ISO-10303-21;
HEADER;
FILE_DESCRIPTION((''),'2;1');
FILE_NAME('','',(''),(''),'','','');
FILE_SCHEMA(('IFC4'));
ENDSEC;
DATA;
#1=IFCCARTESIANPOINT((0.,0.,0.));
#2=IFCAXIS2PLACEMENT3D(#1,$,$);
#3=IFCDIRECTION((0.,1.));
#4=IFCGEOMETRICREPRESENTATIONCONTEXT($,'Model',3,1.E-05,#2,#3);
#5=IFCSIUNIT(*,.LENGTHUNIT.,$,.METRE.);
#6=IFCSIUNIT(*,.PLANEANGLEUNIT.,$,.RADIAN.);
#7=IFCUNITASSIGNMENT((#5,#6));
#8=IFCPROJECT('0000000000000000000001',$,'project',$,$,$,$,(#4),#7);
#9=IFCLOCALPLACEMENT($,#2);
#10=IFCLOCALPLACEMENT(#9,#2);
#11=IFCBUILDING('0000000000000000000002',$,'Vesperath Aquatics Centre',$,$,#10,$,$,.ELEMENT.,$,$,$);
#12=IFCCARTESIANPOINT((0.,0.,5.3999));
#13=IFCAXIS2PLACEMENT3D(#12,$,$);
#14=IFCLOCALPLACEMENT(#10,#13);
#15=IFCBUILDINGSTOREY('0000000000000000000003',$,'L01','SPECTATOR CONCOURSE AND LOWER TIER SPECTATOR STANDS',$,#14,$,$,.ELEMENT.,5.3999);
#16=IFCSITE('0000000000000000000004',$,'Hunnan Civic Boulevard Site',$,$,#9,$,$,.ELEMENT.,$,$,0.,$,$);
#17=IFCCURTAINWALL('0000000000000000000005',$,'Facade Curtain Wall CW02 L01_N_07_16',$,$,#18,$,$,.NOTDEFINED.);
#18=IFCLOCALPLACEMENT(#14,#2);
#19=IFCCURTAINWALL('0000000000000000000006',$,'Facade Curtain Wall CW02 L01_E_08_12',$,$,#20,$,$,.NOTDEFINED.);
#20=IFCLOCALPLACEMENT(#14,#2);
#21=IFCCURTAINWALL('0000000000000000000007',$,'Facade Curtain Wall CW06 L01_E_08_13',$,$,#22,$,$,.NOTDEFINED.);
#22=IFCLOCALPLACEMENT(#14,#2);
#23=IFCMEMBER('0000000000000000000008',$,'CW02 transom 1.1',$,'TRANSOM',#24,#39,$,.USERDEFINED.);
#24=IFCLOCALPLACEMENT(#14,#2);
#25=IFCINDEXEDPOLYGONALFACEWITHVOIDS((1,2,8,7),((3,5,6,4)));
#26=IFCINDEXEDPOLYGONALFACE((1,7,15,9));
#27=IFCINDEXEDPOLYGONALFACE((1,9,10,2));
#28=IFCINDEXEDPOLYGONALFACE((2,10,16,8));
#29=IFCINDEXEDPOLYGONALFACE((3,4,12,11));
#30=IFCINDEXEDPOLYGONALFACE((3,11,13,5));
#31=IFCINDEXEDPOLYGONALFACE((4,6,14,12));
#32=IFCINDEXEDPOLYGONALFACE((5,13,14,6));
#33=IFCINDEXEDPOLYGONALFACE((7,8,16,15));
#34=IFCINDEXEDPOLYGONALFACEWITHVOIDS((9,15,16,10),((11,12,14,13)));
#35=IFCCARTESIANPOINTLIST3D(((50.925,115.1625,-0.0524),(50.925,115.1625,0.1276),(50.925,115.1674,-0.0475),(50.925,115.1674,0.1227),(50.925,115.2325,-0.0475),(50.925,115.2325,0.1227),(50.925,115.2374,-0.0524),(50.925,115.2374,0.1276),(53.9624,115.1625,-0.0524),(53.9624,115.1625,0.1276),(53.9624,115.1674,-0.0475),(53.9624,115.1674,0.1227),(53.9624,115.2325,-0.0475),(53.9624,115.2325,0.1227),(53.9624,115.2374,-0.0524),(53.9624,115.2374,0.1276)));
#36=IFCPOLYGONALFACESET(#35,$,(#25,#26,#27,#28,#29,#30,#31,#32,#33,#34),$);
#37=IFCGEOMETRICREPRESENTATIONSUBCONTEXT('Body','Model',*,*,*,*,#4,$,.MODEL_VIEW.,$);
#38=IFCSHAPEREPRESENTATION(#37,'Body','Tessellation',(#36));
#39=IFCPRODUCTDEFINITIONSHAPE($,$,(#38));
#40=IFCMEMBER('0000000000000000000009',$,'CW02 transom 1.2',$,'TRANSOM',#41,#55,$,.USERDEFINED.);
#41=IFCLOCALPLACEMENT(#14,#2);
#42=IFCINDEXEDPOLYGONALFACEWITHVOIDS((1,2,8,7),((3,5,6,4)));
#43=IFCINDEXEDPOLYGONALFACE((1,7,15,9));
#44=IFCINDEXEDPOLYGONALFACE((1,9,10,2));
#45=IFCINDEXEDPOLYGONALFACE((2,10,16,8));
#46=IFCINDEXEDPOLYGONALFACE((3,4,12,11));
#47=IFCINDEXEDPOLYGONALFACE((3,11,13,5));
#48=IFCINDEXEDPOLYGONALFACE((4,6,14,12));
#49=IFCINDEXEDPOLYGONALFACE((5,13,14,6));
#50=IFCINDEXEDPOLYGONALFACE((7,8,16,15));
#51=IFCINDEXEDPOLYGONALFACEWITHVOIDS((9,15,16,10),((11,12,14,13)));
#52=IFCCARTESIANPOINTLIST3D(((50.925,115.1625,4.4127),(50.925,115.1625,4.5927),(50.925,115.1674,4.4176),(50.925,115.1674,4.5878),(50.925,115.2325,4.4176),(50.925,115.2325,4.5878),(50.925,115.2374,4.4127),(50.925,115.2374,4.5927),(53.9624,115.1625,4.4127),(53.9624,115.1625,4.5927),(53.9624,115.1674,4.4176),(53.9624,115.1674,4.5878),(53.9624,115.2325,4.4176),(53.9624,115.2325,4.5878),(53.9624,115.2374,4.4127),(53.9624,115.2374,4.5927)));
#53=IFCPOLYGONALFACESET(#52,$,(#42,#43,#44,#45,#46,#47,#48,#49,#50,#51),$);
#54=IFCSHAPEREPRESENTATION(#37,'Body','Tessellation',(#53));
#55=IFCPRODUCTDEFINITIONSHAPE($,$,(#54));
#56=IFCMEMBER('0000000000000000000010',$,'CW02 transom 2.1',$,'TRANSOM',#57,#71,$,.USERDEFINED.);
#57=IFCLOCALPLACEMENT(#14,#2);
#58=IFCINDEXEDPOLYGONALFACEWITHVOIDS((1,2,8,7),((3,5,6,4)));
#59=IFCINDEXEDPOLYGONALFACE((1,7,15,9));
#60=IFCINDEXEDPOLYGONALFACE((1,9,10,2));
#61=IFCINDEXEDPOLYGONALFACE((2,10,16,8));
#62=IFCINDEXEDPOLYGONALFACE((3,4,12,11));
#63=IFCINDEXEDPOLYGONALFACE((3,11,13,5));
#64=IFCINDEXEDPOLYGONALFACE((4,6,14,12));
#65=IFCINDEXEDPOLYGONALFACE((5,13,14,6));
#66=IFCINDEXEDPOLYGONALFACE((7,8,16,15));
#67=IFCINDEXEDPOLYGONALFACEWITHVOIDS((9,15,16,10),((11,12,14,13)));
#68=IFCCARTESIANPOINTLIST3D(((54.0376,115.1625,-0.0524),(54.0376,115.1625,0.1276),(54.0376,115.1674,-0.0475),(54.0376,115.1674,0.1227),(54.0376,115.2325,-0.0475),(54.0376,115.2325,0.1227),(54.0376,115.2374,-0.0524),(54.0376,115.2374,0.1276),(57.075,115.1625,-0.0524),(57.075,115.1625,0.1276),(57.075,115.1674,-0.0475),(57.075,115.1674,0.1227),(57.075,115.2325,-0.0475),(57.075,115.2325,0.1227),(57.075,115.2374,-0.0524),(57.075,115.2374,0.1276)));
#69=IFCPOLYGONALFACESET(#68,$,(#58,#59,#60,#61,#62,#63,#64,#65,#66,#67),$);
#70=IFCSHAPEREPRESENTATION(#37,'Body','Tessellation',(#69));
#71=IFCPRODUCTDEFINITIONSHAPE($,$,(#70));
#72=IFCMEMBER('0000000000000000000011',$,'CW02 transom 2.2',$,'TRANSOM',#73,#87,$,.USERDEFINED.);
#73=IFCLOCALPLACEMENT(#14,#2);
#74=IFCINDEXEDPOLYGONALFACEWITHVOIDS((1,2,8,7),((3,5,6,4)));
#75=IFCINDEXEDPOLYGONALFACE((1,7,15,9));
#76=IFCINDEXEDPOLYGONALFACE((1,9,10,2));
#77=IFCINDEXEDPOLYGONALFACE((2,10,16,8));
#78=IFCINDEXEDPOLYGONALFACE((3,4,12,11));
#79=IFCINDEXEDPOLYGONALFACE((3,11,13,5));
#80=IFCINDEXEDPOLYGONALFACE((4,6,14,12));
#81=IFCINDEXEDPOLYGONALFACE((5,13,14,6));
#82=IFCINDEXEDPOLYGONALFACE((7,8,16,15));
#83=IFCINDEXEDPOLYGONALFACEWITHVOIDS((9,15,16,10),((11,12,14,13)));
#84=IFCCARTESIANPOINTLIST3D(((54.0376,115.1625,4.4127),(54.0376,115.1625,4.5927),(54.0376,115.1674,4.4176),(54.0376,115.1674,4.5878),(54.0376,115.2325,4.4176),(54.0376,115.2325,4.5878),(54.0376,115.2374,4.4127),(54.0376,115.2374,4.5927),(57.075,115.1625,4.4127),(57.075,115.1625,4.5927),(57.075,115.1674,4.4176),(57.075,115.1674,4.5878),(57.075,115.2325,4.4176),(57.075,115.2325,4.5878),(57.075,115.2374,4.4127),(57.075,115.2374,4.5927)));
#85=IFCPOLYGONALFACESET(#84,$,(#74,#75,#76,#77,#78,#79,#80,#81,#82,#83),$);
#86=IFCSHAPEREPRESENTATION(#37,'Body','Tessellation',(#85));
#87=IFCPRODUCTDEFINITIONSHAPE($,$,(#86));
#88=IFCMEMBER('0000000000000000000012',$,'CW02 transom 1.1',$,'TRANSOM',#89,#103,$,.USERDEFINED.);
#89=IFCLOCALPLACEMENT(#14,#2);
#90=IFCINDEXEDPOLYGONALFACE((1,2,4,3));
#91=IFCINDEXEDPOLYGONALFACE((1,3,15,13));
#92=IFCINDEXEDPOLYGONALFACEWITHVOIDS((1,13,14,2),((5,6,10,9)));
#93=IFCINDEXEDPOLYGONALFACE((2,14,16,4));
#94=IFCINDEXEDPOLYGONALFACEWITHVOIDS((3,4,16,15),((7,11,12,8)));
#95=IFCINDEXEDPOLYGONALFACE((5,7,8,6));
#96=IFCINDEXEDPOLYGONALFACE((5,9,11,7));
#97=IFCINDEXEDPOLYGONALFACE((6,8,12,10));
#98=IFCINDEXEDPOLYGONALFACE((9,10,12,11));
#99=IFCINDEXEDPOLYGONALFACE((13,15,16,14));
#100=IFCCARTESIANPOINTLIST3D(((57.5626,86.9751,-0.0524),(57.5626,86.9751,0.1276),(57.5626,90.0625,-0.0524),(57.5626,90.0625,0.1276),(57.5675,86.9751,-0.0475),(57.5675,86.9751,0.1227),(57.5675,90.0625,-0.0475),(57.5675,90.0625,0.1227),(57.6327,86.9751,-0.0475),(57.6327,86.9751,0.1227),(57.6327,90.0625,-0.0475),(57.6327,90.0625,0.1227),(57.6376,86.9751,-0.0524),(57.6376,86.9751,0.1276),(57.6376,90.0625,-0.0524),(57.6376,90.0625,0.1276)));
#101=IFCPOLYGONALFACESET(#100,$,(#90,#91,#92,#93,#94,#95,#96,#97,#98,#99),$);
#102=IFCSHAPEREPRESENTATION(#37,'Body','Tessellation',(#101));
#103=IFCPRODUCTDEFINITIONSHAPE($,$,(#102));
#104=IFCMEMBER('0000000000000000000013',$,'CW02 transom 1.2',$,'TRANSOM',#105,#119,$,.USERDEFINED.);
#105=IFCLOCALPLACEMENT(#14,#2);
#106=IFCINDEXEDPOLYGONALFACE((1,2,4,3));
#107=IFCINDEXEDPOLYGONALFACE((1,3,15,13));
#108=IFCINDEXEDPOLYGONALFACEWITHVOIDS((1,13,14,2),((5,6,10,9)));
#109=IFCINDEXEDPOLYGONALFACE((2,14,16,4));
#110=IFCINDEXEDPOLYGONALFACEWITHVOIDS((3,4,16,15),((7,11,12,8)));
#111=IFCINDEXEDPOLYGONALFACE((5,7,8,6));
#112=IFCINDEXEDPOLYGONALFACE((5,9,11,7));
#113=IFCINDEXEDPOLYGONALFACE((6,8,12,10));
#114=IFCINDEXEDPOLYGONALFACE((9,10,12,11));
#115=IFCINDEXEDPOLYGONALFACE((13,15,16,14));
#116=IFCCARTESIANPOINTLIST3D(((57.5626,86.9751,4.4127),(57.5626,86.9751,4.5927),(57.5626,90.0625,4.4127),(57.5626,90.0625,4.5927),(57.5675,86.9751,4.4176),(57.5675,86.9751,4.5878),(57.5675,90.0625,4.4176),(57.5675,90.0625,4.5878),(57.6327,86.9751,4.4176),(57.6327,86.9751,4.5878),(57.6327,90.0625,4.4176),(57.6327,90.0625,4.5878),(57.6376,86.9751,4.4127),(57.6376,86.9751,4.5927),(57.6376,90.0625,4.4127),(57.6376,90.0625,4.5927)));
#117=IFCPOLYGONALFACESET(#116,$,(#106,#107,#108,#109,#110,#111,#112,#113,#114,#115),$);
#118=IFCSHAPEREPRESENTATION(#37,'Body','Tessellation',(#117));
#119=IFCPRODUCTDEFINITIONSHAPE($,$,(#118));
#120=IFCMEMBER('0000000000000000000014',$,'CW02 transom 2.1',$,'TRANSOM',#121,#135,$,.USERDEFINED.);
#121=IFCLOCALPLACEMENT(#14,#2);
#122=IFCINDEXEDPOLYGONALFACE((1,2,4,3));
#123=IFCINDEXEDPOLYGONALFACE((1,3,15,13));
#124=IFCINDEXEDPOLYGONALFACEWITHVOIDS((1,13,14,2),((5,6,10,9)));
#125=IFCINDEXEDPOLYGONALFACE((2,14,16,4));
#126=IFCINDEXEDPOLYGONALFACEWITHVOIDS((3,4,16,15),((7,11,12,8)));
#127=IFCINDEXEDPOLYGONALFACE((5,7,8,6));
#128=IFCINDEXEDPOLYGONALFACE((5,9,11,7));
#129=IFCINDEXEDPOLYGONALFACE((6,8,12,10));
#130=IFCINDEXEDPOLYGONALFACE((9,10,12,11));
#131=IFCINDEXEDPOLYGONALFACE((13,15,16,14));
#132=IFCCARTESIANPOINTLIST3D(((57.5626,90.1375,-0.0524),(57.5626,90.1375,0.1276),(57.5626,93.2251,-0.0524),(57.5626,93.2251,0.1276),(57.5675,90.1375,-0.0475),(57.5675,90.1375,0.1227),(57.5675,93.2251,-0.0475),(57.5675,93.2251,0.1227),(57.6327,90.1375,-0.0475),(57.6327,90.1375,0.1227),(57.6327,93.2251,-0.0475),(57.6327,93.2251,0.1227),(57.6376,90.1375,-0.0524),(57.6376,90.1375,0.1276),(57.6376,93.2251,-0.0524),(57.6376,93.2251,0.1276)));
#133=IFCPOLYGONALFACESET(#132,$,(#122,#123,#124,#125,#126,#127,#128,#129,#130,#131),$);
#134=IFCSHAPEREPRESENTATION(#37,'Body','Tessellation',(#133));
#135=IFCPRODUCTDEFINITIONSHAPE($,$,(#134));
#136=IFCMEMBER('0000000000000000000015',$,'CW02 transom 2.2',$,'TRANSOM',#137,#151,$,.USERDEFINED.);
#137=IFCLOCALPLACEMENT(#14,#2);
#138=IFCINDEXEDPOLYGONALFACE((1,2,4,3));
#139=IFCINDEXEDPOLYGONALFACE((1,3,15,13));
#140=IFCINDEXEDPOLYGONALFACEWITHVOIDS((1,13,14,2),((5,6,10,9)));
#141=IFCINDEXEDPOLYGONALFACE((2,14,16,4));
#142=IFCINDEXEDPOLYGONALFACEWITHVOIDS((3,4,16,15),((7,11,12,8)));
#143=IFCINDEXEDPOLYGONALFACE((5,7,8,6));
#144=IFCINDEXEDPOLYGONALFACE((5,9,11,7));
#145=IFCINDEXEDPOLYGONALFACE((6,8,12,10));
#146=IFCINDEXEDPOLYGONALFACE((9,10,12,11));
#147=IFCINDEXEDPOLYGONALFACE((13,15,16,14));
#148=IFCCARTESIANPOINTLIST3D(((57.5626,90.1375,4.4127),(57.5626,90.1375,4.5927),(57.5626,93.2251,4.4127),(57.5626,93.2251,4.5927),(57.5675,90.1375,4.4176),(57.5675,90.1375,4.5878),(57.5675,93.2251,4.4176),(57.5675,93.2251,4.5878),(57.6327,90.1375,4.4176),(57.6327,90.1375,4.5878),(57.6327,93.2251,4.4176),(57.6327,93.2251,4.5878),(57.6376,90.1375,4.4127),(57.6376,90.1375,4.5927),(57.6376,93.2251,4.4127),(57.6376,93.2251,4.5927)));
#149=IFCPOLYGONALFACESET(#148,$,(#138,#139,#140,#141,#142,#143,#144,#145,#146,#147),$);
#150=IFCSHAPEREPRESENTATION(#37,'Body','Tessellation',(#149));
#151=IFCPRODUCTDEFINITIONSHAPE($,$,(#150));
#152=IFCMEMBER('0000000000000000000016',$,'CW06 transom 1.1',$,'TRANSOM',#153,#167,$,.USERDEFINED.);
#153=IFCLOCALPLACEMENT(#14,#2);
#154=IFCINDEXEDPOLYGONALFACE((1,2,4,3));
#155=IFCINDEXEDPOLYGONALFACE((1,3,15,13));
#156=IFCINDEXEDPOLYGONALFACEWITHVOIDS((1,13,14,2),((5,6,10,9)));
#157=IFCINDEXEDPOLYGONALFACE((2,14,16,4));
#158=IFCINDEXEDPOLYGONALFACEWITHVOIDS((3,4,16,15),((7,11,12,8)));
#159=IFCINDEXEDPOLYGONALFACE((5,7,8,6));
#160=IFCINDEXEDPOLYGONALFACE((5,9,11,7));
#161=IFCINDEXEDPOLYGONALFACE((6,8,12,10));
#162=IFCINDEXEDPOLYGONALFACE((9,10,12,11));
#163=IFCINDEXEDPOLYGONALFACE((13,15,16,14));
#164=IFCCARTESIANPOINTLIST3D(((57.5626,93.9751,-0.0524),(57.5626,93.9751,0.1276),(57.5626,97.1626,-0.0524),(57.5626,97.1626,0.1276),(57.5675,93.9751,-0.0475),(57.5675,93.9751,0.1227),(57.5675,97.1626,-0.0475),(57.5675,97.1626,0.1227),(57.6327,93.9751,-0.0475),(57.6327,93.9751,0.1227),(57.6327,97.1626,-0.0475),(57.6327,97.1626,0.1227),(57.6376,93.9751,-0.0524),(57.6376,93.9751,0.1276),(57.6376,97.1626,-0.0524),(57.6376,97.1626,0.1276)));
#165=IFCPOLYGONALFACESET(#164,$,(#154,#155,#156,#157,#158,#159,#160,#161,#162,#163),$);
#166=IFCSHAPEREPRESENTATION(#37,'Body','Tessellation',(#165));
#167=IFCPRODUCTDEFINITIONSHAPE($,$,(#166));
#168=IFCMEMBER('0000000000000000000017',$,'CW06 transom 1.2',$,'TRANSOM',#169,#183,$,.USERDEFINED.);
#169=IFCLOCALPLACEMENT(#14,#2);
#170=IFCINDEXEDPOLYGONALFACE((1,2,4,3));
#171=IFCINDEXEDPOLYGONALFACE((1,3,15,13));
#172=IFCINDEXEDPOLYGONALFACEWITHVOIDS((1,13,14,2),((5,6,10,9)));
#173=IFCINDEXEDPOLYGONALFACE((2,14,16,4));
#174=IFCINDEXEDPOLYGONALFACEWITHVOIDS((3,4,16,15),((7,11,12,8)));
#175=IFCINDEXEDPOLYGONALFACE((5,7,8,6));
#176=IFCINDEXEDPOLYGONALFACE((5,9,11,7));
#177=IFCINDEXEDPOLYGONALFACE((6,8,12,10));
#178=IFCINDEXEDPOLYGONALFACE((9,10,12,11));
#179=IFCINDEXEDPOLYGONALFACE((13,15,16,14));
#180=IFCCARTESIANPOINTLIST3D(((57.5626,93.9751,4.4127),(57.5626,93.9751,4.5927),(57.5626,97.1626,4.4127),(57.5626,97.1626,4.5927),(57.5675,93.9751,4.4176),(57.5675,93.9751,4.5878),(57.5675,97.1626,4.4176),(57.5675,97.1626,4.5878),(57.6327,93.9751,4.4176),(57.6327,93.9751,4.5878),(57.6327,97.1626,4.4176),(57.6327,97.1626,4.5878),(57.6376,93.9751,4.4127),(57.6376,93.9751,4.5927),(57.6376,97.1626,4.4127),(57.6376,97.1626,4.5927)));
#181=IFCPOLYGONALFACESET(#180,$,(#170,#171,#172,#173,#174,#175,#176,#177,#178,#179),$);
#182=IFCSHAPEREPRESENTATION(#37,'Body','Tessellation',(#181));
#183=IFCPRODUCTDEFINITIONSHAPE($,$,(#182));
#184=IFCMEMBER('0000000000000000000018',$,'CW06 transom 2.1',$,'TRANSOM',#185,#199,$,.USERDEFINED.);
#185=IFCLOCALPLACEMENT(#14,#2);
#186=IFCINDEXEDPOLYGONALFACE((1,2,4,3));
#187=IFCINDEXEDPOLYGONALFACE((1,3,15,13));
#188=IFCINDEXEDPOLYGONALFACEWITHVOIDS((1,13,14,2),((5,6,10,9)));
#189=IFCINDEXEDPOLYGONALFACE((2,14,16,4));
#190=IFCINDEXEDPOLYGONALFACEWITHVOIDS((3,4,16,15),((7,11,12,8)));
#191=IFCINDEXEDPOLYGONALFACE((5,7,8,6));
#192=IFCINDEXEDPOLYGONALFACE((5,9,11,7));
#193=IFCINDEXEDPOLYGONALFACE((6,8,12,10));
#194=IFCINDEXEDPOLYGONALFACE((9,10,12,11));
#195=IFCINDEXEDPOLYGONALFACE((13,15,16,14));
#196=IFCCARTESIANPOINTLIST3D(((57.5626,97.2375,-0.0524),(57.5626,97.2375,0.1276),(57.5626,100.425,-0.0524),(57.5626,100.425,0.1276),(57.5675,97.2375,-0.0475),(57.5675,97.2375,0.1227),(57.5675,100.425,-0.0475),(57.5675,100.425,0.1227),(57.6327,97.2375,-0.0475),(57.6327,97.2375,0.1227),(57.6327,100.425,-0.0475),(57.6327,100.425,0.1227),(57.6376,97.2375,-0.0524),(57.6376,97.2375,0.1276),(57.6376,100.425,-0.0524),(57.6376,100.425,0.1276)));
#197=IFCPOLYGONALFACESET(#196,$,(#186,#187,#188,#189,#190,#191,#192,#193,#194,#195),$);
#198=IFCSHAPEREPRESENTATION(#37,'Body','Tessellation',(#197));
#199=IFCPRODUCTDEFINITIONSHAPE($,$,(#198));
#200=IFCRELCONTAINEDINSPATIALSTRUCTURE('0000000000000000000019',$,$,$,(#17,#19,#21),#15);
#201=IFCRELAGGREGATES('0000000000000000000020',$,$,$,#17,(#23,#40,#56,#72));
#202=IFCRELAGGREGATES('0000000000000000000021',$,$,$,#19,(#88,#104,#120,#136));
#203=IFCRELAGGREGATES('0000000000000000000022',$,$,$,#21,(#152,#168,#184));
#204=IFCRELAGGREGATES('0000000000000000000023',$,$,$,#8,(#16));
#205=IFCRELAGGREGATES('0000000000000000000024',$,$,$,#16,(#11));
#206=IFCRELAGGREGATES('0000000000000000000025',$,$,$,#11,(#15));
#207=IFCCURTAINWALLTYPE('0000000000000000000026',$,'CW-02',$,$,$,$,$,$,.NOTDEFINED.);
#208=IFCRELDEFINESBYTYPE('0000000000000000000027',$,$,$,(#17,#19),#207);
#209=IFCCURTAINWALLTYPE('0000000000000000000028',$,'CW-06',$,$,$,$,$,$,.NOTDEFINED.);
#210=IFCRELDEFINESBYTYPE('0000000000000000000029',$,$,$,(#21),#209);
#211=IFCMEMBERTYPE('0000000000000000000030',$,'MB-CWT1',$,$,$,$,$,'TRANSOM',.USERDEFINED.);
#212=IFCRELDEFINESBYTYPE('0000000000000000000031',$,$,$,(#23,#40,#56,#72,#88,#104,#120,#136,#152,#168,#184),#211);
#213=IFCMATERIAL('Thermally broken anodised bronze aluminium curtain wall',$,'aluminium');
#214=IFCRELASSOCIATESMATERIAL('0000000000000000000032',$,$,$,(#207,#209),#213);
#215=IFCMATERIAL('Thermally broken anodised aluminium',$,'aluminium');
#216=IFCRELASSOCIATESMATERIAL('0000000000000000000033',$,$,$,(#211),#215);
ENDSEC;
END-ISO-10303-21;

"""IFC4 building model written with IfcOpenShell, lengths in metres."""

from ifc_helpers import new_model, si_unit, direction, frame, origin, origin_2d, place, context, subcontext, project, spatial, hollow_rectangle, extrude, material, material_profile, profile_set, type_object, element, aggregate, save


model = new_model("IFC4")

# Units and contexts
model_context = context("Model", 3, precision=1e-05, world=origin(), true_north=direction((0.0, 1.0)))
body_context = subcontext(model_context, "Body", "Model", "MODEL_VIEW")
ifc_project = project(units=[si_unit("LENGTHUNIT", "METRE"), si_unit("PLANEANGLEUNIT", "RADIAN")], contexts=[model_context])

# Site, building, storey
site_placement = place(None, origin())
site = spatial("IfcSite", under=ifc_project, at=site_placement, Name="Hunnan Civic Boulevard Site", CompositionType="ELEMENT", RefElevation=0.0)
building_placement = place(site_placement, origin())
building = spatial("IfcBuilding", under=site, at=building_placement, Name="Vesperath Aquatics Centre", CompositionType="ELEMENT")
storey_placement = place(building_placement, frame((0.0, 0.0, 5.3999)))
storey = spatial("IfcBuildingStorey", under=building, at=storey_placement, Name="L01", Description="SPECTATOR CONCOURSE AND LOWER TIER SPECTATOR STANDS", CompositionType="ELEMENT", Elevation=5.3999)

# Shared definitions
ifc_material_1 = material(Name="Thermally broken anodised bronze aluminium curtain wall", Category="aluminium")
curtain_wall_type_1 = type_object("IfcCurtainWallType", Name="CW-02", PredefinedType="NOTDEFINED", material=ifc_material_1)
ifc_material_2 = material(Name="Thermally broken anodised aluminium", Category="aluminium")

# Curtain walls
curtain_wall_1_placement = place(storey_placement, origin())
curtain_wall_1 = element("IfcCurtainWall", 1, at=curtain_wall_1_placement, inside=storey, type_object=curtain_wall_type_1, Name="Facade Curtain Wall CW02 L01_N_07_16", PredefinedType="NOTDEFINED")
curtain_wall_2_placement = place(storey_placement, origin())
curtain_wall_2 = element("IfcCurtainWall", 2, at=curtain_wall_2_placement, inside=storey, type_object=curtain_wall_type_1, Name="Facade Curtain Wall CW02 L01_E_08_12", PredefinedType="NOTDEFINED")
curtain_wall_type_2 = type_object("IfcCurtainWallType", Name="CW-06", PredefinedType="NOTDEFINED", material=ifc_material_1)
curtain_wall_3_placement = place(storey_placement, origin())
curtain_wall_3 = element("IfcCurtainWall", 3, at=curtain_wall_3_placement, inside=storey, type_object=curtain_wall_type_2, Name="Facade Curtain Wall CW06 L01_E_08_13", PredefinedType="NOTDEFINED")

# Members
ifc_material_profile_1 = material_profile(ifc_material_2, hollow_rectangle(XDim=0.075, YDim=0.1799, WallThickness=0.0049, at=origin_2d()), Name="CWT 75x180x5")
ifc_profile_set_1 = profile_set([ifc_material_profile_1], Name="Thermally broken anodised aluminium")
member_type_1 = type_object("IfcMemberType", Name="MB-CWT1", ElementType="TRANSOM", PredefinedType="USERDEFINED", material=ifc_profile_set_1)
member_1_placement = place(storey_placement, frame((50.925, 115.2, 0.0376), z_axis=(1.0, 0.0, 0.0), x_axis=(0.0, 1.0, 0.0)))
member_1 = element("IfcMember", 4, at=member_1_placement, type_object=member_type_1, Name="CW02 transom 1.1", ObjectType="TRANSOM", PredefinedType="USERDEFINED", context=body_context, shape_type="SweptSolid", body=[
    extrude(hollow_rectangle(XDim=0.075, YDim=0.1799, WallThickness=0.0049, at=origin_2d()), origin(), (0.0, 0.0, 1.0), 3.0374),
])
member_2_placement = place(storey_placement, frame((50.925, 115.2, 4.5027), z_axis=(1.0, 0.0, 0.0), x_axis=(0.0, 1.0, 0.0)))
member_2 = element("IfcMember", 5, at=member_2_placement, type_object=member_type_1, Name="CW02 transom 1.2", ObjectType="TRANSOM", PredefinedType="USERDEFINED", context=body_context, shape_type="SweptSolid", body=[
    extrude(hollow_rectangle(XDim=0.075, YDim=0.1799, WallThickness=0.0049, at=origin_2d()), origin(), (0.0, 0.0, 1.0), 3.0374),
])
member_3_placement = place(storey_placement, frame((54.0376, 115.2, 0.0376), z_axis=(1.0, 0.0, 0.0), x_axis=(0.0, 1.0, 0.0)))
member_3 = element("IfcMember", 6, at=member_3_placement, type_object=member_type_1, Name="CW02 transom 2.1", ObjectType="TRANSOM", PredefinedType="USERDEFINED", context=body_context, shape_type="SweptSolid", body=[
    extrude(hollow_rectangle(XDim=0.075, YDim=0.1799, WallThickness=0.0049, at=origin_2d()), origin(), (0.0, 0.0, 1.0), 3.0374),
])
member_4_placement = place(storey_placement, frame((54.0376, 115.2, 4.5027), z_axis=(1.0, 0.0, 0.0), x_axis=(0.0, 1.0, 0.0)))
member_4 = element("IfcMember", 7, at=member_4_placement, type_object=member_type_1, Name="CW02 transom 2.2", ObjectType="TRANSOM", PredefinedType="USERDEFINED", context=body_context, shape_type="SweptSolid", body=[
    extrude(hollow_rectangle(XDim=0.075, YDim=0.1799, WallThickness=0.0049, at=origin_2d()), origin(), (0.0, 0.0, 1.0), 3.0374),
])
member_5_placement = place(storey_placement, frame((57.6001, 86.9751, 0.0376), z_axis=(0.0, 1.0, 0.0), x_axis=(-1.0, 0.0, 0.0)))
member_5 = element("IfcMember", 8, at=member_5_placement, type_object=member_type_1, Name="CW02 transom 1.1", ObjectType="TRANSOM", PredefinedType="USERDEFINED", context=body_context, shape_type="SweptSolid", body=[
    extrude(hollow_rectangle(XDim=0.075, YDim=0.1799, WallThickness=0.0049, at=origin_2d()), origin(), (0.0, 0.0, 1.0), 3.0874),
])
member_6_placement = place(storey_placement, frame((57.6001, 86.9751, 4.5027), z_axis=(0.0, 1.0, 0.0), x_axis=(-1.0, 0.0, 0.0)))
member_6 = element("IfcMember", 9, at=member_6_placement, type_object=member_type_1, Name="CW02 transom 1.2", ObjectType="TRANSOM", PredefinedType="USERDEFINED", context=body_context, shape_type="SweptSolid", body=[
    extrude(hollow_rectangle(XDim=0.075, YDim=0.1799, WallThickness=0.0049, at=origin_2d()), origin(), (0.0, 0.0, 1.0), 3.0874),
])
member_7_placement = place(storey_placement, frame((57.6001, 90.1375, 0.0376), z_axis=(0.0, 1.0, 0.0), x_axis=(-1.0, 0.0, 0.0)))
member_7 = element("IfcMember", 10, at=member_7_placement, type_object=member_type_1, Name="CW02 transom 2.1", ObjectType="TRANSOM", PredefinedType="USERDEFINED", context=body_context, shape_type="SweptSolid", body=[
    extrude(hollow_rectangle(XDim=0.075, YDim=0.1799, WallThickness=0.0049, at=origin_2d()), origin(), (0.0, 0.0, 1.0), 3.0876),
])
member_8_placement = place(storey_placement, frame((57.6001, 90.1375, 4.5027), z_axis=(0.0, 1.0, 0.0), x_axis=(-1.0, 0.0, 0.0)))
member_8 = element("IfcMember", 11, at=member_8_placement, type_object=member_type_1, Name="CW02 transom 2.2", ObjectType="TRANSOM", PredefinedType="USERDEFINED", context=body_context, shape_type="SweptSolid", body=[
    extrude(hollow_rectangle(XDim=0.075, YDim=0.1799, WallThickness=0.0049, at=origin_2d()), origin(), (0.0, 0.0, 1.0), 3.0876),
])
member_9_placement = place(storey_placement, frame((57.6001, 93.9751, 0.0376), z_axis=(0.0, 1.0, 0.0), x_axis=(-1.0, 0.0, 0.0)))
member_9 = element("IfcMember", 12, at=member_9_placement, type_object=member_type_1, Name="CW06 transom 1.1", ObjectType="TRANSOM", PredefinedType="USERDEFINED", context=body_context, shape_type="SweptSolid", body=[
    extrude(hollow_rectangle(XDim=0.075, YDim=0.1799, WallThickness=0.0049, at=origin_2d()), origin(), (0.0, 0.0, 1.0), 3.1875),
])
member_10_placement = place(storey_placement, frame((57.6001, 93.9751, 4.5027), z_axis=(0.0, 1.0, 0.0), x_axis=(-1.0, 0.0, 0.0)))
member_10 = element("IfcMember", 13, at=member_10_placement, type_object=member_type_1, Name="CW06 transom 1.2", ObjectType="TRANSOM", PredefinedType="USERDEFINED", context=body_context, shape_type="SweptSolid", body=[
    extrude(hollow_rectangle(XDim=0.075, YDim=0.1799, WallThickness=0.0049, at=origin_2d()), origin(), (0.0, 0.0, 1.0), 3.1875),
])
member_11_placement = place(storey_placement, frame((57.6001, 97.2375, 0.0376), z_axis=(0.0, 1.0, 0.0), x_axis=(-1.0, 0.0, 0.0)))
member_11 = element("IfcMember", 14, at=member_11_placement, type_object=member_type_1, Name="CW06 transom 2.1", ObjectType="TRANSOM", PredefinedType="USERDEFINED", context=body_context, shape_type="SweptSolid", body=[
    extrude(hollow_rectangle(XDim=0.075, YDim=0.1799, WallThickness=0.0049, at=origin_2d()), origin(), (0.0, 0.0, 1.0), 3.1875),
])

aggregate(curtain_wall_1, [member_1, member_2, member_3, member_4])
aggregate(curtain_wall_2, [member_5, member_6, member_7, member_8])
aggregate(curtain_wall_3, [member_9, member_10, member_11])

save(model, "model.ifc")
